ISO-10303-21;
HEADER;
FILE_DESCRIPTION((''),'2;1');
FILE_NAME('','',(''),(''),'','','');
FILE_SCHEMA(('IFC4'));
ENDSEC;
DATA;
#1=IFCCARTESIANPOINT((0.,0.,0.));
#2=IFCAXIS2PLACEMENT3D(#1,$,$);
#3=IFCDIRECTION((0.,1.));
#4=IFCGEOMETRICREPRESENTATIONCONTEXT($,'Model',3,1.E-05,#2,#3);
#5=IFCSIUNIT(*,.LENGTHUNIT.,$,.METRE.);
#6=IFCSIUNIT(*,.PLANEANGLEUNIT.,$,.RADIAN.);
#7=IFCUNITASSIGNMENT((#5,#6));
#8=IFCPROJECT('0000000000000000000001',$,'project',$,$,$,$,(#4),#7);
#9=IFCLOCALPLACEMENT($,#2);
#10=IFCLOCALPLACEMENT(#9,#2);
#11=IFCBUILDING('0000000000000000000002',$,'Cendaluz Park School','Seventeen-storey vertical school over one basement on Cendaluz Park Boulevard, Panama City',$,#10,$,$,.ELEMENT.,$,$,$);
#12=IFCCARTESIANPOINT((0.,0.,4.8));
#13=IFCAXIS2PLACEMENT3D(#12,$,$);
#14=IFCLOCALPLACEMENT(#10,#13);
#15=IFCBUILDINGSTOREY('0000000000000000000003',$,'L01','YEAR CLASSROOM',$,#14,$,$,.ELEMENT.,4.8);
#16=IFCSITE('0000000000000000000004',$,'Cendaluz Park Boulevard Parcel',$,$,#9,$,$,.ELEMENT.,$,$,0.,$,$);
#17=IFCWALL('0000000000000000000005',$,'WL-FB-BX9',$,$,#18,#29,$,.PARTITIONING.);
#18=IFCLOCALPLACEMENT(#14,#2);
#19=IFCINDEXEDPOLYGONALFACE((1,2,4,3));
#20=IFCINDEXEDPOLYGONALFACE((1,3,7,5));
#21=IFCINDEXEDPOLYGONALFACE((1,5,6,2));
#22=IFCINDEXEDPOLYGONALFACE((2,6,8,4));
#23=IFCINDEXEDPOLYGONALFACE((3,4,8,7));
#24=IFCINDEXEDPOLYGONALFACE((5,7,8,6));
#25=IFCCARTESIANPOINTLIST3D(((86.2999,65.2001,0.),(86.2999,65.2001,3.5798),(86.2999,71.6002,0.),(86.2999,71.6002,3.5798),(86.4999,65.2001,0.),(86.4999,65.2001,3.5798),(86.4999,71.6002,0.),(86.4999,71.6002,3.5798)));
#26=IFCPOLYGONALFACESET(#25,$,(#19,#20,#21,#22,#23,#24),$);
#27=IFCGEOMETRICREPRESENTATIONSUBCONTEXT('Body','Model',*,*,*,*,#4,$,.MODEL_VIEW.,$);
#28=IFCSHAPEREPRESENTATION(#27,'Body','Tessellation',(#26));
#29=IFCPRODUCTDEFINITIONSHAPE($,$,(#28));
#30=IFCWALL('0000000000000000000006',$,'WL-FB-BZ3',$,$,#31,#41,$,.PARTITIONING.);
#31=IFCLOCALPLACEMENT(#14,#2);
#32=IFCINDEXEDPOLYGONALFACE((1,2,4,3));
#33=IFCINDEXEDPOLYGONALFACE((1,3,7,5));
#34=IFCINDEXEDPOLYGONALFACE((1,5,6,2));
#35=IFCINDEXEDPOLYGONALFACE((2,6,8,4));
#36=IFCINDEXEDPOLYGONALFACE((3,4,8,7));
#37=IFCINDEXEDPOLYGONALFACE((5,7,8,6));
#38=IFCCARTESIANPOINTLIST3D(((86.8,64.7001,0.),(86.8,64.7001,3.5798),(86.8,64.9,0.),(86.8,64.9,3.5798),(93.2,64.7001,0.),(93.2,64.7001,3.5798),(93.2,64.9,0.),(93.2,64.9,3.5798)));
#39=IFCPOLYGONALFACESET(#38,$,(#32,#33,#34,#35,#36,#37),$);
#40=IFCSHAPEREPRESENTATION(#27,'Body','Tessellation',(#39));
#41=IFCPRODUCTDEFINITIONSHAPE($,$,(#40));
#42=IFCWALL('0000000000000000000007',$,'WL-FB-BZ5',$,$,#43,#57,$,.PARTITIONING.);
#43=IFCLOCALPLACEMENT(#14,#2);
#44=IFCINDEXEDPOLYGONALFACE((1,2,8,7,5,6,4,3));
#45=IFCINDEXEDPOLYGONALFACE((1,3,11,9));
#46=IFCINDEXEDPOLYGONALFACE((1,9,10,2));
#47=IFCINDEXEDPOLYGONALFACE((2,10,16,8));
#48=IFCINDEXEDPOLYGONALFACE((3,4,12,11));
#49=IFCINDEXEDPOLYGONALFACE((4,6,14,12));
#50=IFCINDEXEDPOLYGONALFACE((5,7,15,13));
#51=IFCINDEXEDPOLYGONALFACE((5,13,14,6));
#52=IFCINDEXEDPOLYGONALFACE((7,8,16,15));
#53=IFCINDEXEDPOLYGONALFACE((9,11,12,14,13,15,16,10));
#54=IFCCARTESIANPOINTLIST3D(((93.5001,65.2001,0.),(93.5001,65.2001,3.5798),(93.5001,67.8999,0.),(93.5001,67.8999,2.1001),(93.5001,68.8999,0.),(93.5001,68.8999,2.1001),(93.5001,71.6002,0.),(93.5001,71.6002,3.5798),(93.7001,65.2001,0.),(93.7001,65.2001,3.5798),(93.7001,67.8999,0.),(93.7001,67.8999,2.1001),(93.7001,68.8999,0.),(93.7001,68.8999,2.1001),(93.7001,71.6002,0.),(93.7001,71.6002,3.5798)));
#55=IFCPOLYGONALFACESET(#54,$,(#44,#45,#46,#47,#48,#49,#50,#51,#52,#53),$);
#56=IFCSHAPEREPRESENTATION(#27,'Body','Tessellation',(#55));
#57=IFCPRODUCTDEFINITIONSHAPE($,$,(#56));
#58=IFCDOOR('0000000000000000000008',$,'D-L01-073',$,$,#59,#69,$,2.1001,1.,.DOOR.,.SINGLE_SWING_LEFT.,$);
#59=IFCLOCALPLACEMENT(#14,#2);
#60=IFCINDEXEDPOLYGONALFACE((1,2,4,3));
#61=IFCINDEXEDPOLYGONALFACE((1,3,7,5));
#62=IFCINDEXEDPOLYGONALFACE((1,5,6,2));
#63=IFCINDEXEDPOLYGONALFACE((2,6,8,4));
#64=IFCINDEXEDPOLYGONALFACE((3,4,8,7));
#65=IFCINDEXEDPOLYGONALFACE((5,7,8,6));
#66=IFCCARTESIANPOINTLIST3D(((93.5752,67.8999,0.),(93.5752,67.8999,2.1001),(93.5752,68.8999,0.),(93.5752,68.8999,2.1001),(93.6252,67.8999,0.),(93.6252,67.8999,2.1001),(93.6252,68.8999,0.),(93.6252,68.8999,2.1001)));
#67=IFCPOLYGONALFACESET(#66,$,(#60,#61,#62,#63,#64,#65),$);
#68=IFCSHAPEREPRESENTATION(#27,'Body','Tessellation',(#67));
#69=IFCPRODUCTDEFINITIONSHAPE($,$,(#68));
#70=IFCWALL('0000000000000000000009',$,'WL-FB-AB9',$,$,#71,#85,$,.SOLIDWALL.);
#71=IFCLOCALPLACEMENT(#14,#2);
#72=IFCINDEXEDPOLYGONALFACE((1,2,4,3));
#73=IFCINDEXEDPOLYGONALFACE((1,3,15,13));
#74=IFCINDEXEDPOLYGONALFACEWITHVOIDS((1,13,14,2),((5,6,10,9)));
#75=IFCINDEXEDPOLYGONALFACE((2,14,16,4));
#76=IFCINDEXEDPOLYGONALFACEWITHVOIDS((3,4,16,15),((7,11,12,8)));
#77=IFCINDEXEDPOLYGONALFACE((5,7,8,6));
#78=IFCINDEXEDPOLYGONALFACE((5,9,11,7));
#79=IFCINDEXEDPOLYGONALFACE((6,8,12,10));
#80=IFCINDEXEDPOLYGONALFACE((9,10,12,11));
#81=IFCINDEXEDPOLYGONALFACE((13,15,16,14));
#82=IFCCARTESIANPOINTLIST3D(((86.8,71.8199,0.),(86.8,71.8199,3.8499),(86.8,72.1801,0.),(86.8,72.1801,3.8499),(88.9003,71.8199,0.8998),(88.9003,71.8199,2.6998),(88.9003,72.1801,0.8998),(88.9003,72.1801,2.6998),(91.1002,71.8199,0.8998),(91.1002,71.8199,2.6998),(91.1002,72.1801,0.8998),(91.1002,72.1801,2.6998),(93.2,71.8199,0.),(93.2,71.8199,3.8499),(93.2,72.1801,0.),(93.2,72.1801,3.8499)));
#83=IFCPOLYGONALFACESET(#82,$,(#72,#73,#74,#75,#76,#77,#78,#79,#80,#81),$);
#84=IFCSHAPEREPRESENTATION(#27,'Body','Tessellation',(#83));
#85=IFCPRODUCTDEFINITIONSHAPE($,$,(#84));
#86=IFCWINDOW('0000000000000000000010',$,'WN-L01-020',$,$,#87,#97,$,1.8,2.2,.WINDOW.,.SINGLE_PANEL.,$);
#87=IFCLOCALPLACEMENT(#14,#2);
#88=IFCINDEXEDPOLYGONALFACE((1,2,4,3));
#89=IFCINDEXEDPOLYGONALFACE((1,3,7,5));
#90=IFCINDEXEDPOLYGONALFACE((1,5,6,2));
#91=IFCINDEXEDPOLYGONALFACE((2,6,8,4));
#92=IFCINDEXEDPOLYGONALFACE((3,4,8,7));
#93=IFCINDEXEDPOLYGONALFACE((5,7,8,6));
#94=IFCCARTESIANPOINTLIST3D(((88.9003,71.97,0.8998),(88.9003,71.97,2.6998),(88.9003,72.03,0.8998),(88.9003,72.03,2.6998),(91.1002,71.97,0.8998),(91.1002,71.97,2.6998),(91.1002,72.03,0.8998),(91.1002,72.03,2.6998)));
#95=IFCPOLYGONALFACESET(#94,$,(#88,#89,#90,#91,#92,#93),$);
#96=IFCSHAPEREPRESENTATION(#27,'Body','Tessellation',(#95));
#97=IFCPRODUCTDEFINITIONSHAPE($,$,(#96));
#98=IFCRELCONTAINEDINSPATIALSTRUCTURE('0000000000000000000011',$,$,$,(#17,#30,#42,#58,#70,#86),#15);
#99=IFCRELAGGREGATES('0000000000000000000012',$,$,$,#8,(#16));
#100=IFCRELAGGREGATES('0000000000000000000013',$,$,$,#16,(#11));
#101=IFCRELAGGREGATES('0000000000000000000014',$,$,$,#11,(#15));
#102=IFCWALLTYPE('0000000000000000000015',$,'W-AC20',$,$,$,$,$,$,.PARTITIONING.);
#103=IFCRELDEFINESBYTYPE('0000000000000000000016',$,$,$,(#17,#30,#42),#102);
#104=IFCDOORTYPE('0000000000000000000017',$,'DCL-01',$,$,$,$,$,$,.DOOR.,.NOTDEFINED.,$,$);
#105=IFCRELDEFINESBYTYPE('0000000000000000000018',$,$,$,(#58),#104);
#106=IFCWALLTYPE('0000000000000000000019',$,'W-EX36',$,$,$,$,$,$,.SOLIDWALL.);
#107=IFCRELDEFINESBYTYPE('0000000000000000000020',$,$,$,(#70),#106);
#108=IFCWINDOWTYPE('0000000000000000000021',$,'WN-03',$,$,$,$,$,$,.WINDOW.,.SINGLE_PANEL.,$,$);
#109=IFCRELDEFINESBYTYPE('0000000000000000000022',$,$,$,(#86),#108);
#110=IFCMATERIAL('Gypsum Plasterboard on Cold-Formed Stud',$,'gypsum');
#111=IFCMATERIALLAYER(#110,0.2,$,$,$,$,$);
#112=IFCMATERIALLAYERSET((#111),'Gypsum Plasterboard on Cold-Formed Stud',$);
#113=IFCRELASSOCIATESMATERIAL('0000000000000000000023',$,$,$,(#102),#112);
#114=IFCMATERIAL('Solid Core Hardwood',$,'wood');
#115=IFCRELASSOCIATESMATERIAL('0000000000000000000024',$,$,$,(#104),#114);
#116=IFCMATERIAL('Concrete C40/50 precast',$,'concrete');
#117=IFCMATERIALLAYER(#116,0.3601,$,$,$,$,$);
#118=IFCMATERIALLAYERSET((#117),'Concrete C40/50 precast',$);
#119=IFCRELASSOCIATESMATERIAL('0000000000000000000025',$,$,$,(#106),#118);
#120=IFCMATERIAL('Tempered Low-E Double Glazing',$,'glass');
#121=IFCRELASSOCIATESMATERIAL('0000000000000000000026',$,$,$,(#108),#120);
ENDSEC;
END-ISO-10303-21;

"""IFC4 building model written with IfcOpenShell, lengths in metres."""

from ifc_helpers import new_model, si_unit, direction, frame, frame_2d, origin, place, context, subcontext, project, spatial, rectangle, extrude, material, layer, layer_set, type_object, element, fill, save


model = new_model("IFC4")

# Units and contexts
model_context = context("Model", 3, precision=1e-05, world=origin(), true_north=direction((0.0, 1.0)))
body_context = subcontext(model_context, "Body", "Model", "MODEL_VIEW")
ifc_project = project(units=[si_unit("LENGTHUNIT", "METRE"), si_unit("PLANEANGLEUNIT", "RADIAN")], contexts=[model_context])

# Site, building, storey
site_placement = place(None, origin())
site = spatial("IfcSite", under=ifc_project, at=site_placement, Name="Cendaluz Park Boulevard Parcel", CompositionType="ELEMENT", RefElevation=0.0)
building_placement = place(site_placement, origin())
building = spatial("IfcBuilding", under=site, at=building_placement, Name="Cendaluz Park School", Description="Seventeen-storey vertical school over one basement on Cendaluz Park Boulevard, Panama City", CompositionType="ELEMENT")
storey_placement = place(building_placement, frame((0.0, 0.0, 4.8)))
storey = spatial("IfcBuildingStorey", under=building, at=storey_placement, Name="L01", Description="YEAR CLASSROOM", CompositionType="ELEMENT", Elevation=4.8)

# Walls
ifc_material_1 = material(Name="Gypsum Plasterboard on Cold-Formed Stud", Category="gypsum")
ifc_layer_1 = layer(ifc_material_1, 0.2)
ifc_layer_set_1 = layer_set([ifc_layer_1], Name="Gypsum Plasterboard on Cold-Formed Stud")
wall_type_1 = type_object("IfcWallType", Name="W-AC20", PredefinedType="PARTITIONING", material=ifc_layer_set_1)
wall_1_placement = place(storey_placement, frame((86.3999, 65.2, 0.0), z_axis=(0.0, 0.0, 1.0), x_axis=(0.0, 1.0, 0.0)))
element("IfcWall", 1, at=wall_1_placement, inside=storey, type_object=wall_type_1, Name="WL-FB-BX9", PredefinedType="PARTITIONING", context=body_context, shape_type="SweptSolid", body=[
    extrude(rectangle(XDim=6.4001, YDim=0.2, at=frame_2d((3.2002, 0.0))), origin(), (0.0, 0.0, 1.0), 3.5798),
])
wall_2_placement = place(storey_placement, frame((86.8, 64.8, 0.0), z_axis=(0.0, 0.0, 1.0), x_axis=(1.0, 0.0, 0.0)))
element("IfcWall", 2, at=wall_2_placement, inside=storey, type_object=wall_type_1, Name="WL-FB-BZ3", PredefinedType="PARTITIONING", context=body_context, shape_type="SweptSolid", body=[
    extrude(rectangle(XDim=6.3999, YDim=0.2, at=frame_2d((3.2, 0.0))), origin(), (0.0, 0.0, 1.0), 3.5798),
])

# Wall, opening, door
wall_3_placement = place(storey_placement, frame((93.6001, 65.2, 0.0), z_axis=(0.0, 0.0, 1.0), x_axis=(0.0, 1.0, 0.0)))
wall_3 = element("IfcWall", 3, at=wall_3_placement, inside=storey, type_object=wall_type_1, Name="WL-FB-BZ5", PredefinedType="PARTITIONING", context=body_context, shape_type="SweptSolid", body=[
    extrude(rectangle(XDim=6.4001, YDim=0.2, at=frame_2d((3.2002, 0.0))), origin(), (0.0, 0.0, 1.0), 3.5798),
])
opening_1_placement = place(wall_3_placement, frame((2.7, 0.0, 0.0)))
opening_1 = element("IfcOpeningElement", 4, at=opening_1_placement, cuts=wall_3, PredefinedType="OPENING", context=body_context, shape_type="SweptSolid", body=[
    extrude(rectangle(XDim=1.0, YDim=2.1001, at=frame_2d((0.5, 1.05))), frame((0.0, 0.1121, 0.0), z_axis=(0.0, -1.0, 0.0), x_axis=(1.0, 0.0, 0.0)), (0.0, 0.0, 1.0), 0.2239),
])
ifc_material_2 = material(Name="Solid Core Hardwood", Category="wood")
door_type = type_object("IfcDoorType", Name="DCL-01", OperationType="NOTDEFINED", PredefinedType="DOOR", material=ifc_material_2)
door_placement = place(opening_1_placement, origin())
door = element("IfcDoor", 5, at=door_placement, inside=storey, type_object=door_type, Name="D-L01-073", OperationType="SINGLE_SWING_LEFT", OverallHeight=2.1001, OverallWidth=1.0, PredefinedType="DOOR", context=body_context, shape_type="SweptSolid", body=[
    extrude(rectangle(XDim=1.0, YDim=2.1001, at=frame_2d((0.5, 1.05))), frame((0.0, 0.0249, 0.0), z_axis=(0.0, -1.0, 0.0), x_axis=(1.0, 0.0, 0.0)), (0.0, 0.0, 1.0), 0.05),
])
fill(opening_1, door)

# Wall, opening, window
ifc_material_3 = material(Name="Concrete C40/50 precast", Category="concrete")
ifc_layer_2 = layer(ifc_material_3, 0.3601)
ifc_layer_set_2 = layer_set([ifc_layer_2], Name="Concrete C40/50 precast")
wall_type_2 = type_object("IfcWallType", Name="W-EX36", PredefinedType="SOLIDWALL", material=ifc_layer_set_2)
wall_4_placement = place(storey_placement, frame((86.8, 72.0, 0.0), z_axis=(0.0, 0.0, 1.0), x_axis=(1.0, 0.0, 0.0)))
wall_4 = element("IfcWall", 6, at=wall_4_placement, inside=storey, type_object=wall_type_2, Name="WL-FB-AB9", PredefinedType="SOLIDWALL", context=body_context, shape_type="SweptSolid", body=[
    extrude(rectangle(XDim=6.3999, YDim=0.3601, at=frame_2d((3.2, 0.0))), origin(), (0.0, 0.0, 1.0), 3.8499),
])
opening_2_placement = place(wall_4_placement, frame((2.1001, 0.0, 0.8999)))
opening_2 = element("IfcOpeningElement", 7, at=opening_2_placement, cuts=wall_4, PredefinedType="OPENING", context=body_context, shape_type="SweptSolid", body=[
    extrude(rectangle(XDim=2.2, YDim=1.8, at=frame_2d((1.1001, 0.8999))), frame((0.0, 0.1921, 0.0), z_axis=(0.0, -1.0, 0.0), x_axis=(1.0, 0.0, 0.0)), (0.0, 0.0, 1.0), 0.384),
])
ifc_material_4 = material(Name="Tempered Low-E Double Glazing", Category="glass")
window_type = type_object("IfcWindowType", Name="WN-03", PartitioningType="SINGLE_PANEL", PredefinedType="WINDOW", material=ifc_material_4)
window_placement = place(opening_2_placement, origin())
window = element("IfcWindow", 8, at=window_placement, inside=storey, type_object=window_type, Name="WN-L01-020", OverallHeight=1.8, OverallWidth=2.2, PartitioningType="SINGLE_PANEL", PredefinedType="WINDOW", context=body_context, shape_type="SweptSolid", body=[
    extrude(rectangle(XDim=2.2, YDim=1.8, at=frame_2d((1.1001, 0.8999))), frame((0.0, 0.03, 0.0), z_axis=(0.0, -1.0, 0.0), x_axis=(1.0, 0.0, 0.0)), (0.0, 0.0, 1.0), 0.0601),
])
fill(opening_2, window)

save(model, "model.ifc")
